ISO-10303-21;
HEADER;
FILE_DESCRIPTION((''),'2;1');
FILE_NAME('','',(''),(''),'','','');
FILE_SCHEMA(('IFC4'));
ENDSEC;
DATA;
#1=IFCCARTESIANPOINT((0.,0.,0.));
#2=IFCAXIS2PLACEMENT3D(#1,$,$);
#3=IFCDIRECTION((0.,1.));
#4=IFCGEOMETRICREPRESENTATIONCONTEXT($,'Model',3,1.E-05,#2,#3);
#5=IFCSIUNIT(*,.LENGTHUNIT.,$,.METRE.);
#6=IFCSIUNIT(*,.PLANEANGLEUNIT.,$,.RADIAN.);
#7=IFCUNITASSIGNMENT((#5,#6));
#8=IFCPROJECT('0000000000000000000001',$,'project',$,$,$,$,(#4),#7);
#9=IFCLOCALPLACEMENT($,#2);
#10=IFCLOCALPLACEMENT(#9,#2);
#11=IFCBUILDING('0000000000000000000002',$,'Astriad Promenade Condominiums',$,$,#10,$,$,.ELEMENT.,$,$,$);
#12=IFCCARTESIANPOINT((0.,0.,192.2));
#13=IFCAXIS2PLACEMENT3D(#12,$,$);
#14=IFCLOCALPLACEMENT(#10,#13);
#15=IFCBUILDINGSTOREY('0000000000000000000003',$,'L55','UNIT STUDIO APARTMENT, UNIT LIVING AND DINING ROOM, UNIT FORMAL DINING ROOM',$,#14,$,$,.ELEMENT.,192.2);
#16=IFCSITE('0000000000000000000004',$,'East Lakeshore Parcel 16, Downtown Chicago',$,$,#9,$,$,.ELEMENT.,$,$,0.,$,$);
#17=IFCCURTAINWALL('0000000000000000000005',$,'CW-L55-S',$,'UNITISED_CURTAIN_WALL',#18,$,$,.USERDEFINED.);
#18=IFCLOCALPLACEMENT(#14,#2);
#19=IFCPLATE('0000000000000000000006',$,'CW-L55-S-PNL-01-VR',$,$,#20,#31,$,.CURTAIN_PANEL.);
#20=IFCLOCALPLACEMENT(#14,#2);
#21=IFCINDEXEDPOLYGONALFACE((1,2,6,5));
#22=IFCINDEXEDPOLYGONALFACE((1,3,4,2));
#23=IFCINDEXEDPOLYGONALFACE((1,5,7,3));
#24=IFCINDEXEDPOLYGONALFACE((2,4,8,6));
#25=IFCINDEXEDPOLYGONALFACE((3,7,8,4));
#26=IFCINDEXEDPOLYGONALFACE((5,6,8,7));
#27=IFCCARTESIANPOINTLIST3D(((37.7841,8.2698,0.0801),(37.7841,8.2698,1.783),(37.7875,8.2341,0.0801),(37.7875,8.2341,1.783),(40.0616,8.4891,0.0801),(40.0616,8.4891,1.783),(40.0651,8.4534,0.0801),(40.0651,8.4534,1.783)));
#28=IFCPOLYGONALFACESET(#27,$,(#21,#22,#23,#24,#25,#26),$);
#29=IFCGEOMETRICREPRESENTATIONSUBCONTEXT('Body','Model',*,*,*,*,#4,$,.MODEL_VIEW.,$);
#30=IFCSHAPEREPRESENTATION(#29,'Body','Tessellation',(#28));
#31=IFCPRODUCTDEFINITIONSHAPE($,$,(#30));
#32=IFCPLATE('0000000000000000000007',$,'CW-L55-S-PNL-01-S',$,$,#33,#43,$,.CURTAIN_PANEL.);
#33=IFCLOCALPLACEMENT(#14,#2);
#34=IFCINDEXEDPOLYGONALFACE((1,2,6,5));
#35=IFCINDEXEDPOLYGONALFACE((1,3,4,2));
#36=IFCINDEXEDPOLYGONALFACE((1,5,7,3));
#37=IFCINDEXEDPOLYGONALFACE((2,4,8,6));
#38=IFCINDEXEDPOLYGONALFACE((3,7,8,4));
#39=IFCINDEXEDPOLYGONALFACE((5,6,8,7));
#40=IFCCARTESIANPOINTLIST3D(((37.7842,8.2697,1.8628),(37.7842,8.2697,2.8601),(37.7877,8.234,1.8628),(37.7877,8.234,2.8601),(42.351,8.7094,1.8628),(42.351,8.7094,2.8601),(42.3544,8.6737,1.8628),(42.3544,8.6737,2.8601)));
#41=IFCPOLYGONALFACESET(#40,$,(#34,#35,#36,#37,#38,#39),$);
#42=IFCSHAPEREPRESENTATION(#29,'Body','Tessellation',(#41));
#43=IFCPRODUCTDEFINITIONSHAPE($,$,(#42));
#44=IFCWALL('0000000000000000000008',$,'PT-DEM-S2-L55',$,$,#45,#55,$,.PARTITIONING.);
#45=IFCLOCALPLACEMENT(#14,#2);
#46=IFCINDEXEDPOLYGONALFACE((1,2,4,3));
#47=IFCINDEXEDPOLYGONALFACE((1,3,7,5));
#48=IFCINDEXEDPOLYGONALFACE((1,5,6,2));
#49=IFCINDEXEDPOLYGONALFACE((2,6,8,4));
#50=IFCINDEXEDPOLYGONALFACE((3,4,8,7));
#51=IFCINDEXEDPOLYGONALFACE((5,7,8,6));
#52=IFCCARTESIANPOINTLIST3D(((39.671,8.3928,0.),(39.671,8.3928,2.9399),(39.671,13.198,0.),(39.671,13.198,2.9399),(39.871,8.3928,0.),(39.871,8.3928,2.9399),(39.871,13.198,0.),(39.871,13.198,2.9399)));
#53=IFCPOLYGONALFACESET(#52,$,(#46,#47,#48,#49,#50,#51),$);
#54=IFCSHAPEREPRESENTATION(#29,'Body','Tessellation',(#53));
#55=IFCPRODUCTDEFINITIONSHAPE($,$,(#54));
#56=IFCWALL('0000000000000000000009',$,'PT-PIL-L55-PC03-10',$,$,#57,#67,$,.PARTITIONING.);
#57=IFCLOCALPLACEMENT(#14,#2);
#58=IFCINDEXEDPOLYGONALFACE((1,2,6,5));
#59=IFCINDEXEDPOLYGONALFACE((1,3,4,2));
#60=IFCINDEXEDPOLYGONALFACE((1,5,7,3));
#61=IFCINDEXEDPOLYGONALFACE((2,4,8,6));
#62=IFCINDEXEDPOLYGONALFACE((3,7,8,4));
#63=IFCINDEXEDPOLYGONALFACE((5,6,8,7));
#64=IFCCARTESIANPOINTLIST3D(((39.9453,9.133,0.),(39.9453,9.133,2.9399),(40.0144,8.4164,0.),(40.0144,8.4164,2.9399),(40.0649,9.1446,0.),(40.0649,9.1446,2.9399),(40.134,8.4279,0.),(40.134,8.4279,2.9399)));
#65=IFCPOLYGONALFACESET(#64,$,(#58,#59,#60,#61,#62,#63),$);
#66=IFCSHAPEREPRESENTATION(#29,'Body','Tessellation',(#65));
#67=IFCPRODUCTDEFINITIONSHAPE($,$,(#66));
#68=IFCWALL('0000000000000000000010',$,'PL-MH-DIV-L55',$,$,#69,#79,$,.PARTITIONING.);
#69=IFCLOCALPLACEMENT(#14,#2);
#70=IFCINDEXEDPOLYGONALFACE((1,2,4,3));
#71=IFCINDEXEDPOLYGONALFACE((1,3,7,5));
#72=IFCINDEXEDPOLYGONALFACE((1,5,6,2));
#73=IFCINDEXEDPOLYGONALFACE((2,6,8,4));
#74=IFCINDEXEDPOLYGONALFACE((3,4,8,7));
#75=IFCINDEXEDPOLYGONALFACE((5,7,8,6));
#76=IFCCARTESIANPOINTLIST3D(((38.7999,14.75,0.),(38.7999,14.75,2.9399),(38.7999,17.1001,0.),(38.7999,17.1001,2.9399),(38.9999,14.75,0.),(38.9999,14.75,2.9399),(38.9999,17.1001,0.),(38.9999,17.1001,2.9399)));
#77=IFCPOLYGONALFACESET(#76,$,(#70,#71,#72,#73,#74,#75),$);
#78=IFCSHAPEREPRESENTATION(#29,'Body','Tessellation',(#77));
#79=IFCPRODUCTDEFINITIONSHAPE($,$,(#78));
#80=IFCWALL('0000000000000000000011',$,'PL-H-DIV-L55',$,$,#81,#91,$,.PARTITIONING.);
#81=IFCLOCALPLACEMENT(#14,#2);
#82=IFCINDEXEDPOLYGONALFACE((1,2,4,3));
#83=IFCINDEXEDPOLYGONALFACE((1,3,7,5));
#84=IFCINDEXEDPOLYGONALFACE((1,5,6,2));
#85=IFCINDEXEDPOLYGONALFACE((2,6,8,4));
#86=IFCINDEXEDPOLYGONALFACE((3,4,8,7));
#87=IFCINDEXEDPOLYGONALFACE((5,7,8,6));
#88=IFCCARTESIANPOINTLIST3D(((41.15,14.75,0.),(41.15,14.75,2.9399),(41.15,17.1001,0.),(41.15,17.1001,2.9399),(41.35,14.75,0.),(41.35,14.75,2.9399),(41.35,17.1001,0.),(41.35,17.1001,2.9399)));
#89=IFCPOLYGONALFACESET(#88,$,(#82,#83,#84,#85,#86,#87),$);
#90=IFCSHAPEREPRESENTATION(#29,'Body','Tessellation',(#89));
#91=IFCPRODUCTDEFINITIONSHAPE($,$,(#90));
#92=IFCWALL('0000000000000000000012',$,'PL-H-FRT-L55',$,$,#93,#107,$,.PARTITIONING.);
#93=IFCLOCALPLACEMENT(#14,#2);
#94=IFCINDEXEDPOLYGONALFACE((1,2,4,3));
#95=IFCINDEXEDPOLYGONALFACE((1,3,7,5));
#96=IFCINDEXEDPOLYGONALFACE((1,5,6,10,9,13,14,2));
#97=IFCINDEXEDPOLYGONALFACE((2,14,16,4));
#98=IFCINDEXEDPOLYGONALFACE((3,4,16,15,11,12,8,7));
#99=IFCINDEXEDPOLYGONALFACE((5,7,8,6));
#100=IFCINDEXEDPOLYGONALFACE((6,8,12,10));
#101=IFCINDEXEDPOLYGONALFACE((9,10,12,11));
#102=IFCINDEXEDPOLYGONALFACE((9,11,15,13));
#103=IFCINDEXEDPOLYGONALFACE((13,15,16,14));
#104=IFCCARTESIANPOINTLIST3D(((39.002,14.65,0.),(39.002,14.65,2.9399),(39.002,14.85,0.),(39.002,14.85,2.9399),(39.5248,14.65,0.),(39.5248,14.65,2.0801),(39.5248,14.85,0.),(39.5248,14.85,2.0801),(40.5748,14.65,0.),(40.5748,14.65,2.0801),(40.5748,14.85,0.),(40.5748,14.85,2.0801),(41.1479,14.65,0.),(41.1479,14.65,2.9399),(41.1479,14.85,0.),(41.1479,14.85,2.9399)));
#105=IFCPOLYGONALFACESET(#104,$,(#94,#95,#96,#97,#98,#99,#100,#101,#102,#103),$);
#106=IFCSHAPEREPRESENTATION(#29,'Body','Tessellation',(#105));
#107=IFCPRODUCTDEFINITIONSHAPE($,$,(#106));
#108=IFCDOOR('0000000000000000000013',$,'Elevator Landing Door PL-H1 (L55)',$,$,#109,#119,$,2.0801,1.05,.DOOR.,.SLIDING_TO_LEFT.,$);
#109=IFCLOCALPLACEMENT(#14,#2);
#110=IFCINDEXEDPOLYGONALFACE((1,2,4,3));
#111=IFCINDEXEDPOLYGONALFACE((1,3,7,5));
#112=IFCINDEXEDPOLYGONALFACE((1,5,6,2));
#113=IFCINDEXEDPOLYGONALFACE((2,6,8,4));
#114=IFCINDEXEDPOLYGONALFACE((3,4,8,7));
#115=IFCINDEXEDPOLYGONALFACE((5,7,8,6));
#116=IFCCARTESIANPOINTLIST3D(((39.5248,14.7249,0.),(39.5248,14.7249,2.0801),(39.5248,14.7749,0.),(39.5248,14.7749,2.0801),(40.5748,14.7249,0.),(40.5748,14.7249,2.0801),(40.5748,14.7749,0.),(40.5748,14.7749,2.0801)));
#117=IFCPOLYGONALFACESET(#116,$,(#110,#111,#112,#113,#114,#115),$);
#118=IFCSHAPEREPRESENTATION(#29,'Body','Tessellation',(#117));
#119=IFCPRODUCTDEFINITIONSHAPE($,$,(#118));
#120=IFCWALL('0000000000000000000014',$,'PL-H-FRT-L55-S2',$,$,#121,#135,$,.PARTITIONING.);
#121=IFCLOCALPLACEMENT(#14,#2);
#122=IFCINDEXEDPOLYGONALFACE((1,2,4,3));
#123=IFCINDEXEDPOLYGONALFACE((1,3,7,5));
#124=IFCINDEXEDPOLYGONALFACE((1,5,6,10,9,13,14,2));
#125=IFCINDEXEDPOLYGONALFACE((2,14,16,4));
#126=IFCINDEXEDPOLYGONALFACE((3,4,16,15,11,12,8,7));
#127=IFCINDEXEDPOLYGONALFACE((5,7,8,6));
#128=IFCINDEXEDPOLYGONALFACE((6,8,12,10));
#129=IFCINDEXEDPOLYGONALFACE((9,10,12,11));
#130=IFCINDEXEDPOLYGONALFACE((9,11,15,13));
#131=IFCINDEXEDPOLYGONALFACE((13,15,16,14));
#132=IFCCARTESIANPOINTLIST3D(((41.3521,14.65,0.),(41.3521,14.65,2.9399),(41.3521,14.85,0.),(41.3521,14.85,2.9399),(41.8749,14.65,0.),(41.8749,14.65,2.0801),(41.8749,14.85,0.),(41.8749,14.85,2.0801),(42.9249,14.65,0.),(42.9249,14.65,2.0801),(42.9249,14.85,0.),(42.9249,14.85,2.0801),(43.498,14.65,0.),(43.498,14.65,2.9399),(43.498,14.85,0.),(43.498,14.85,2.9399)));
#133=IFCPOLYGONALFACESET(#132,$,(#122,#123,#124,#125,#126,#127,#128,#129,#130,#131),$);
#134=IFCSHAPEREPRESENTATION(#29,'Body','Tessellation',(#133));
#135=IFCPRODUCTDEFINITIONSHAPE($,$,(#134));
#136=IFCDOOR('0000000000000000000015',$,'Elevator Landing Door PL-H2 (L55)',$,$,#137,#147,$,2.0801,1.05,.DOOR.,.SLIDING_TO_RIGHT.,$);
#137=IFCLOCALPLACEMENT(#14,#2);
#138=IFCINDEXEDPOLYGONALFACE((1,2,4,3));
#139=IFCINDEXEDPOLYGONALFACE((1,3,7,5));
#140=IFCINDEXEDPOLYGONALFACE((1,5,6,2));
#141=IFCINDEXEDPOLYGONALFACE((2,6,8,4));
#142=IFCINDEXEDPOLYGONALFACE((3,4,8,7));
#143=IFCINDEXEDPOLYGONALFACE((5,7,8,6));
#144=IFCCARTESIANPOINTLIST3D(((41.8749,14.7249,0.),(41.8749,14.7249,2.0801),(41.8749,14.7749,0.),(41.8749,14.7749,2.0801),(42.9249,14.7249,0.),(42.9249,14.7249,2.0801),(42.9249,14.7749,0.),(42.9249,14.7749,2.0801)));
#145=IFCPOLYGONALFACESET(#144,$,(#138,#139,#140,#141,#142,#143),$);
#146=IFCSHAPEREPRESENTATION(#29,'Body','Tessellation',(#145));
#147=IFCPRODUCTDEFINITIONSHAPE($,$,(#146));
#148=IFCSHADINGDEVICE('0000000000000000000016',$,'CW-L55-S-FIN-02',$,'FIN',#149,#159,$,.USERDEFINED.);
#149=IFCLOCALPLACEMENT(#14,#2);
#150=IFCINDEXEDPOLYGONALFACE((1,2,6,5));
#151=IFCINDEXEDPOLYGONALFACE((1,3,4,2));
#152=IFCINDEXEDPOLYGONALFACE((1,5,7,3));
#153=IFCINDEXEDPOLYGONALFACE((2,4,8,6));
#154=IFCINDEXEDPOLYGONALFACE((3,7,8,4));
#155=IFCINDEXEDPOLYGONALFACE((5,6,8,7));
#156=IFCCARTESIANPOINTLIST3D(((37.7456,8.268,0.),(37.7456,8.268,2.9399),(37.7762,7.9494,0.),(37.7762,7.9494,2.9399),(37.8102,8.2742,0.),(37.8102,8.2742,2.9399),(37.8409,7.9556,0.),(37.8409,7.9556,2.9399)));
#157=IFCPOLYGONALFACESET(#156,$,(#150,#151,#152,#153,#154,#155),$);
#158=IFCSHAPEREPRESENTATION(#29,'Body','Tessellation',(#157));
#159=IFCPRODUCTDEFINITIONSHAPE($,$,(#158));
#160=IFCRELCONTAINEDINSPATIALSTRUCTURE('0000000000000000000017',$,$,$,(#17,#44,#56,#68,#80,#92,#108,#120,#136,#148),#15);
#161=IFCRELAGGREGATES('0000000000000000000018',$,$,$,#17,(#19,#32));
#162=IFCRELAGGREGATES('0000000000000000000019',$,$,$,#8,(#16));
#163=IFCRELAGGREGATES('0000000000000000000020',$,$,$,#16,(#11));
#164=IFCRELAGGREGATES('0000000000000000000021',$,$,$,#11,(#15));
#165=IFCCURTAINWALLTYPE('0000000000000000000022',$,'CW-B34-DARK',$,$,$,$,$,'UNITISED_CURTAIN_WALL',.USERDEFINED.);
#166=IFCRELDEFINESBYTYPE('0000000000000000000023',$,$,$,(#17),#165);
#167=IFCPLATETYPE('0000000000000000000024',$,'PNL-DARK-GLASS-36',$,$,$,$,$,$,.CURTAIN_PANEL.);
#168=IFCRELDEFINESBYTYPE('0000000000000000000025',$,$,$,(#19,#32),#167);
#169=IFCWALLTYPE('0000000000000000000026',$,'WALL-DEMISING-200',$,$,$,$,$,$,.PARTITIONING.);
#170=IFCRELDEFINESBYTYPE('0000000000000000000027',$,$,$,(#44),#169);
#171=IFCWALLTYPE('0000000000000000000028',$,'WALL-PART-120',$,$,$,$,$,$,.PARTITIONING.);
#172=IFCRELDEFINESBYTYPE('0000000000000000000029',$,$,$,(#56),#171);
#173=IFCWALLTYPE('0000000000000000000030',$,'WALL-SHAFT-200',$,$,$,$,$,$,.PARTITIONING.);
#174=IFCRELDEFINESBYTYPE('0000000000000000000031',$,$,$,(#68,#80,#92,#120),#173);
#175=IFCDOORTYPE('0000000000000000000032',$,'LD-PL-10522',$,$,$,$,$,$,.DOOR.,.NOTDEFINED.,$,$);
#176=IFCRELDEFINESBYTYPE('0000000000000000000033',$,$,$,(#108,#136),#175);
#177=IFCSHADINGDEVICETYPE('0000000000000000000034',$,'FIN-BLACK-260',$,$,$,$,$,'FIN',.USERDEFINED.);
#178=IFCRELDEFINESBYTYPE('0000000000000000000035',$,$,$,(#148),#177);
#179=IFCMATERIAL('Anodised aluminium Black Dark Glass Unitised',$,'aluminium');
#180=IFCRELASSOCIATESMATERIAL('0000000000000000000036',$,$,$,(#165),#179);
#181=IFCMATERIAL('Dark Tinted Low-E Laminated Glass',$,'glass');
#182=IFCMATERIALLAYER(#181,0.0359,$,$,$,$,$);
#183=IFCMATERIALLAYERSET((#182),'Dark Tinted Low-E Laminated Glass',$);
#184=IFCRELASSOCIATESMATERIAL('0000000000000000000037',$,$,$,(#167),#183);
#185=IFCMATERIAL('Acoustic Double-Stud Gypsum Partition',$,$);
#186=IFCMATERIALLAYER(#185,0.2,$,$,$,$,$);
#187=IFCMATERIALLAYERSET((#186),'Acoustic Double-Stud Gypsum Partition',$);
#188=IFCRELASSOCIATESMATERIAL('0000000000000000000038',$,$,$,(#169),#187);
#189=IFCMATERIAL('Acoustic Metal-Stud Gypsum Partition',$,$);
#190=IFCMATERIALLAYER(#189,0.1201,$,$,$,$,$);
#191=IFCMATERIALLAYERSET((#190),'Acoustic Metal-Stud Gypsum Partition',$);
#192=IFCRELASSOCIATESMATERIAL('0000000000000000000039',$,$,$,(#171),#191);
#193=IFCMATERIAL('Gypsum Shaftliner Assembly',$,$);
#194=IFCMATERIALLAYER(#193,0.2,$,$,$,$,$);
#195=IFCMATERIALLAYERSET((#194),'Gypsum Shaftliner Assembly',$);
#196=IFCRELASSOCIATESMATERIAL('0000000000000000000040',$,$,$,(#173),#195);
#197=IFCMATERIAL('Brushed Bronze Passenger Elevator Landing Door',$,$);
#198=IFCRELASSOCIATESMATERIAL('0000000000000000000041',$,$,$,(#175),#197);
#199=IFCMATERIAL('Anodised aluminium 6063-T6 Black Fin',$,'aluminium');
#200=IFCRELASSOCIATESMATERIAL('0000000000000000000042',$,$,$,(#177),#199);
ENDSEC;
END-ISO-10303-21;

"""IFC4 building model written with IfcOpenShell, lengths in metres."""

from ifc_helpers import new_model, si_unit, direction, frame, frame_2d, origin, origin_2d, place, context, subcontext, project, spatial, rectangle, extrude, source, transform, mapped, material, layer, layer_set, type_object, type_shapes, element, fill, aggregate, save


model = new_model("IFC4")

# Units and contexts
model_context = context("Model", 3, precision=1e-05, world=origin(), true_north=direction((0.0, 1.0)))
body_context = subcontext(model_context, "Body", "Model", "MODEL_VIEW")
ifc_project = project(units=[si_unit("LENGTHUNIT", "METRE"), si_unit("PLANEANGLEUNIT", "RADIAN")], contexts=[model_context])

# Site, building, storey
site_placement = place(None, origin())
site = spatial("IfcSite", under=ifc_project, at=site_placement, Name="East Lakeshore Parcel 16, Downtown Chicago", CompositionType="ELEMENT", RefElevation=0.0)
building_placement = place(site_placement, origin())
building = spatial("IfcBuilding", under=site, at=building_placement, Name="Astriad Promenade Condominiums", CompositionType="ELEMENT")
storey_placement = place(building_placement, frame((0.0, 0.0, 192.2)))
storey = spatial("IfcBuildingStorey", under=building, at=storey_placement, Name="L55", Description="UNIT STUDIO APARTMENT, UNIT LIVING AND DINING ROOM, UNIT FORMAL DINING ROOM", CompositionType="ELEMENT", Elevation=192.2)

# Curtain wall, plates
ifc_material_1 = material(Name="Anodised aluminium Black Dark Glass Unitised", Category="aluminium")
curtain_wall_type = type_object("IfcCurtainWallType", Name="CW-B34-DARK", ElementType="UNITISED_CURTAIN_WALL", PredefinedType="USERDEFINED", material=ifc_material_1)
curtain_wall_placement = place(storey_placement, origin())
curtain_wall = element("IfcCurtainWall", 1, at=curtain_wall_placement, inside=storey, type_object=curtain_wall_type, Name="CW-L55-S", ObjectType="UNITISED_CURTAIN_WALL", PredefinedType="USERDEFINED")
ifc_material_2 = material(Name="Dark Tinted Low-E Laminated Glass", Category="glass")
ifc_layer_1 = layer(ifc_material_2, 0.0359)
ifc_layer_set_1 = layer_set([ifc_layer_1], Name="Dark Tinted Low-E Laminated Glass")
plate_type = type_object("IfcPlateType", Name="PNL-DARK-GLASS-36", PredefinedType="CURTAIN_PANEL", material=ifc_layer_set_1)
shared_shape_1 = source(origin(), body_context, "Body", "SweptSolid", [
    extrude(rectangle(XDim=2.2881, YDim=0.0359, at=origin_2d()), origin(), (0.0, 0.0, 1.0), 1.7029),
])
plate_1_placement = place(storey_placement, frame((38.9246, 8.3616, 0.0801), z_axis=(0.0, 0.0, 1.0), x_axis=(-0.995396, -0.095846, 0.0)))
plate_1 = element("IfcPlate", 2, at=plate_1_placement, type_object=plate_type, Name="CW-L55-S-PNL-01-VR", PredefinedType="CURTAIN_PANEL", context=body_context, shape_type="MappedRepresentation", body=[
    mapped(shared_shape_1, transform((0.0, 0.0, 0.0), scale=1.0)),
])
shared_shape_2 = source(origin(), body_context, "Body", "SweptSolid", [
    extrude(rectangle(XDim=4.5879, YDim=0.0359, at=origin_2d()), origin(), (0.0, 0.0, 1.0), 0.9973),
])
type_shapes(plate_type, [shared_shape_1, shared_shape_2])
plate_2_placement = place(storey_placement, frame((40.0693, 8.4717, 1.8628), z_axis=(0.0, 0.0, 1.0), x_axis=(-0.995396, -0.095846, 0.0)))
plate_2 = element("IfcPlate", 3, at=plate_2_placement, type_object=plate_type, Name="CW-L55-S-PNL-01-S", PredefinedType="CURTAIN_PANEL", context=body_context, shape_type="MappedRepresentation", body=[
    mapped(shared_shape_2, transform((0.0, 0.0, 0.0), scale=1.0)),
])
aggregate(curtain_wall, [plate_1, plate_2])

# Walls
ifc_material_3 = material(Name="Acoustic Double-Stud Gypsum Partition")
ifc_layer_2 = layer(ifc_material_3, 0.2)
ifc_layer_set_2 = layer_set([ifc_layer_2], Name="Acoustic Double-Stud Gypsum Partition")
wall_type_1 = type_object("IfcWallType", Name="WALL-DEMISING-200", PredefinedType="PARTITIONING", material=ifc_layer_set_2)
wall_1_placement = place(storey_placement, frame((39.771, 8.3928, 0.0), z_axis=(0.0, 0.0, 1.0), x_axis=(0.0, 1.0, 0.0)))
element("IfcWall", 4, at=wall_1_placement, inside=storey, type_object=wall_type_1, Name="PT-DEM-S2-L55", PredefinedType="PARTITIONING", context=body_context, shape_type="SweptSolid", body=[
    extrude(rectangle(XDim=4.8052, YDim=0.2, at=frame_2d((2.4026, 0.0))), origin(), (0.0, 0.0, 1.0), 2.9399),
])
ifc_material_4 = material(Name="Acoustic Metal-Stud Gypsum Partition")
ifc_layer_3 = layer(ifc_material_4, 0.1201)
ifc_layer_set_3 = layer_set([ifc_layer_3], Name="Acoustic Metal-Stud Gypsum Partition")
wall_type_2 = type_object("IfcWallType", Name="WALL-PART-120", PredefinedType="PARTITIONING", material=ifc_layer_set_3)
wall_2_placement = place(storey_placement, frame((40.0051, 9.1387, 0.0), z_axis=(0.0, 0.0, 1.0), x_axis=(0.095977, -0.995384, 0.0)))
element("IfcWall", 5, at=wall_2_placement, inside=storey, type_object=wall_type_2, Name="PT-PIL-L55-PC03-10", PredefinedType="PARTITIONING", context=body_context, shape_type="SweptSolid", body=[
    extrude(rectangle(XDim=0.72, YDim=0.1201, at=frame_2d((0.3599, 0.0))), origin(), (0.0, 0.0, 1.0), 2.9399),
])
ifc_material_5 = material(Name="Gypsum Shaftliner Assembly")
ifc_layer_4 = layer(ifc_material_5, 0.2)
ifc_layer_set_4 = layer_set([ifc_layer_4], Name="Gypsum Shaftliner Assembly")
wall_type_3 = type_object("IfcWallType", Name="WALL-SHAFT-200", PredefinedType="PARTITIONING", material=ifc_layer_set_4)
for number, where, z_axis, x_axis, name in (
    (6, (38.8999, 14.75, 0.0), (0.0, 0.0, 1.0), (0.0, 1.0, 0.0), "PL-MH-DIV-L55"),
    (7, (41.25, 14.75, 0.0), (0.0, 0.0, 1.0), (0.0, 1.0, 0.0), "PL-H-DIV-L55"),
):
    element("IfcWall", number, at=place(storey_placement, frame(where, z_axis=z_axis, x_axis=x_axis)), inside=storey, type_object=wall_type_3, Name=name, PredefinedType="PARTITIONING", context=body_context, shape_type="SweptSolid", body=[
        extrude(rectangle(XDim=2.3501, YDim=0.2, at=frame_2d((1.175, 0.0))), origin(), (0.0, 0.0, 1.0), 2.9399),
    ])

# Walls, openings, doors
wall_3_placement = place(storey_placement, frame((39.002, 14.75, 0.0), z_axis=(0.0, 0.0, 1.0), x_axis=(1.0, 0.0, 0.0)))
wall_3 = element("IfcWall", 8, at=wall_3_placement, inside=storey, type_object=wall_type_3, Name="PL-H-FRT-L55", PredefinedType="PARTITIONING", context=body_context, shape_type="SweptSolid", body=[
    extrude(rectangle(XDim=2.146, YDim=0.2, at=frame_2d((1.073, 0.0))), origin(), (0.0, 0.0, 1.0), 2.9399),
])
opening_1_placement = place(wall_3_placement, frame((0.5229, 0.0, 0.0)))
opening_1 = element("IfcOpeningElement", 9, at=opening_1_placement, cuts=wall_3, PredefinedType="OPENING", context=body_context, shape_type="SweptSolid", body=[
    extrude(rectangle(XDim=1.05, YDim=2.0801, at=frame_2d((0.5249, 1.04))), frame((0.0, 0.1099, 0.0), z_axis=(0.0, -1.0, 0.0), x_axis=(1.0, 0.0, 0.0)), (0.0, 0.0, 1.0), 0.22),
])
ifc_material_6 = material(Name="Brushed Bronze Passenger Elevator Landing Door")
door_type = type_object("IfcDoorType", Name="LD-PL-10522", OperationType="NOTDEFINED", PredefinedType="DOOR", material=ifc_material_6)
shared_shape_3 = source(origin(), body_context, "Body", "SweptSolid", [
    extrude(rectangle(XDim=1.05, YDim=2.0801, at=frame_2d((0.5249, 1.04))), frame((0.0, 0.0249, 0.0), z_axis=(0.0, -1.0, 0.0), x_axis=(1.0, 0.0, 0.0)), (0.0, 0.0, 1.0), 0.05),
])
type_shapes(door_type, [shared_shape_3])
door_1_placement = place(opening_1_placement, origin())
door_1 = element("IfcDoor", 10, at=door_1_placement, inside=storey, type_object=door_type, Name="Elevator Landing Door PL-H1 (L55)", OperationType="SLIDING_TO_LEFT", OverallHeight=2.0801, OverallWidth=1.05, PredefinedType="DOOR", context=body_context, shape_type="MappedRepresentation", body=[
    mapped(shared_shape_3, transform((0.0, 0.0, 0.0), scale=1.0)),
])
fill(opening_1, door_1)
wall_4_placement = place(storey_placement, frame((41.3521, 14.75, 0.0), z_axis=(0.0, 0.0, 1.0), x_axis=(1.0, 0.0, 0.0)))
wall_4 = element("IfcWall", 11, at=wall_4_placement, inside=storey, type_object=wall_type_3, Name="PL-H-FRT-L55-S2", PredefinedType="PARTITIONING", context=body_context, shape_type="SweptSolid", body=[
    extrude(rectangle(XDim=2.146, YDim=0.2, at=frame_2d((1.073, 0.0))), origin(), (0.0, 0.0, 1.0), 2.9399),
])
opening_2_placement = place(wall_4_placement, frame((0.5229, 0.0, 0.0)))
opening_2 = element("IfcOpeningElement", 12, at=opening_2_placement, cuts=wall_4, PredefinedType="OPENING", context=body_context, shape_type="SweptSolid", body=[
    extrude(rectangle(XDim=1.05, YDim=2.0801, at=frame_2d((0.5249, 1.04))), frame((0.0, 0.1099, 0.0), z_axis=(0.0, -1.0, 0.0), x_axis=(1.0, 0.0, 0.0)), (0.0, 0.0, 1.0), 0.22),
])
door_2_placement = place(opening_2_placement, origin())
door_2 = element("IfcDoor", 13, at=door_2_placement, inside=storey, type_object=door_type, Name="Elevator Landing Door PL-H2 (L55)", OperationType="SLIDING_TO_RIGHT", OverallHeight=2.0801, OverallWidth=1.05, PredefinedType="DOOR", context=body_context, shape_type="MappedRepresentation", body=[
    mapped(shared_shape_3, transform((0.0, 0.0, 0.0), scale=1.0)),
])
fill(opening_2, door_2)

# Shading device
ifc_material_7 = material(Name="Anodised aluminium 6063-T6 Black Fin", Category="aluminium")
shading_device_type = type_object("IfcShadingDeviceType", Name="FIN-BLACK-260", ElementType="FIN", PredefinedType="USERDEFINED", material=ifc_material_7)
shared_shape_4 = source(origin(), body_context, "Body", "SweptSolid", [
    extrude(rectangle(XDim=0.0649, YDim=0.3201, at=origin_2d()), origin(), (0.0, 0.0, 1.0), 2.9399),
])
type_shapes(shading_device_type, [shared_shape_4])
shading_device_placement = place(storey_placement, frame((37.7932, 8.1118, 0.0), z_axis=(0.0, 0.0, 1.0), x_axis=(-0.995396, -0.095846, 0.0)))
element("IfcShadingDevice", 14, at=shading_device_placement, inside=storey, type_object=shading_device_type, Name="CW-L55-S-FIN-02", ObjectType="FIN", PredefinedType="USERDEFINED", context=body_context, shape_type="MappedRepresentation", body=[
    mapped(shared_shape_4, transform((0.0, 0.0, 0.0), scale=1.0)),
])

save(model, "model.ifc")
